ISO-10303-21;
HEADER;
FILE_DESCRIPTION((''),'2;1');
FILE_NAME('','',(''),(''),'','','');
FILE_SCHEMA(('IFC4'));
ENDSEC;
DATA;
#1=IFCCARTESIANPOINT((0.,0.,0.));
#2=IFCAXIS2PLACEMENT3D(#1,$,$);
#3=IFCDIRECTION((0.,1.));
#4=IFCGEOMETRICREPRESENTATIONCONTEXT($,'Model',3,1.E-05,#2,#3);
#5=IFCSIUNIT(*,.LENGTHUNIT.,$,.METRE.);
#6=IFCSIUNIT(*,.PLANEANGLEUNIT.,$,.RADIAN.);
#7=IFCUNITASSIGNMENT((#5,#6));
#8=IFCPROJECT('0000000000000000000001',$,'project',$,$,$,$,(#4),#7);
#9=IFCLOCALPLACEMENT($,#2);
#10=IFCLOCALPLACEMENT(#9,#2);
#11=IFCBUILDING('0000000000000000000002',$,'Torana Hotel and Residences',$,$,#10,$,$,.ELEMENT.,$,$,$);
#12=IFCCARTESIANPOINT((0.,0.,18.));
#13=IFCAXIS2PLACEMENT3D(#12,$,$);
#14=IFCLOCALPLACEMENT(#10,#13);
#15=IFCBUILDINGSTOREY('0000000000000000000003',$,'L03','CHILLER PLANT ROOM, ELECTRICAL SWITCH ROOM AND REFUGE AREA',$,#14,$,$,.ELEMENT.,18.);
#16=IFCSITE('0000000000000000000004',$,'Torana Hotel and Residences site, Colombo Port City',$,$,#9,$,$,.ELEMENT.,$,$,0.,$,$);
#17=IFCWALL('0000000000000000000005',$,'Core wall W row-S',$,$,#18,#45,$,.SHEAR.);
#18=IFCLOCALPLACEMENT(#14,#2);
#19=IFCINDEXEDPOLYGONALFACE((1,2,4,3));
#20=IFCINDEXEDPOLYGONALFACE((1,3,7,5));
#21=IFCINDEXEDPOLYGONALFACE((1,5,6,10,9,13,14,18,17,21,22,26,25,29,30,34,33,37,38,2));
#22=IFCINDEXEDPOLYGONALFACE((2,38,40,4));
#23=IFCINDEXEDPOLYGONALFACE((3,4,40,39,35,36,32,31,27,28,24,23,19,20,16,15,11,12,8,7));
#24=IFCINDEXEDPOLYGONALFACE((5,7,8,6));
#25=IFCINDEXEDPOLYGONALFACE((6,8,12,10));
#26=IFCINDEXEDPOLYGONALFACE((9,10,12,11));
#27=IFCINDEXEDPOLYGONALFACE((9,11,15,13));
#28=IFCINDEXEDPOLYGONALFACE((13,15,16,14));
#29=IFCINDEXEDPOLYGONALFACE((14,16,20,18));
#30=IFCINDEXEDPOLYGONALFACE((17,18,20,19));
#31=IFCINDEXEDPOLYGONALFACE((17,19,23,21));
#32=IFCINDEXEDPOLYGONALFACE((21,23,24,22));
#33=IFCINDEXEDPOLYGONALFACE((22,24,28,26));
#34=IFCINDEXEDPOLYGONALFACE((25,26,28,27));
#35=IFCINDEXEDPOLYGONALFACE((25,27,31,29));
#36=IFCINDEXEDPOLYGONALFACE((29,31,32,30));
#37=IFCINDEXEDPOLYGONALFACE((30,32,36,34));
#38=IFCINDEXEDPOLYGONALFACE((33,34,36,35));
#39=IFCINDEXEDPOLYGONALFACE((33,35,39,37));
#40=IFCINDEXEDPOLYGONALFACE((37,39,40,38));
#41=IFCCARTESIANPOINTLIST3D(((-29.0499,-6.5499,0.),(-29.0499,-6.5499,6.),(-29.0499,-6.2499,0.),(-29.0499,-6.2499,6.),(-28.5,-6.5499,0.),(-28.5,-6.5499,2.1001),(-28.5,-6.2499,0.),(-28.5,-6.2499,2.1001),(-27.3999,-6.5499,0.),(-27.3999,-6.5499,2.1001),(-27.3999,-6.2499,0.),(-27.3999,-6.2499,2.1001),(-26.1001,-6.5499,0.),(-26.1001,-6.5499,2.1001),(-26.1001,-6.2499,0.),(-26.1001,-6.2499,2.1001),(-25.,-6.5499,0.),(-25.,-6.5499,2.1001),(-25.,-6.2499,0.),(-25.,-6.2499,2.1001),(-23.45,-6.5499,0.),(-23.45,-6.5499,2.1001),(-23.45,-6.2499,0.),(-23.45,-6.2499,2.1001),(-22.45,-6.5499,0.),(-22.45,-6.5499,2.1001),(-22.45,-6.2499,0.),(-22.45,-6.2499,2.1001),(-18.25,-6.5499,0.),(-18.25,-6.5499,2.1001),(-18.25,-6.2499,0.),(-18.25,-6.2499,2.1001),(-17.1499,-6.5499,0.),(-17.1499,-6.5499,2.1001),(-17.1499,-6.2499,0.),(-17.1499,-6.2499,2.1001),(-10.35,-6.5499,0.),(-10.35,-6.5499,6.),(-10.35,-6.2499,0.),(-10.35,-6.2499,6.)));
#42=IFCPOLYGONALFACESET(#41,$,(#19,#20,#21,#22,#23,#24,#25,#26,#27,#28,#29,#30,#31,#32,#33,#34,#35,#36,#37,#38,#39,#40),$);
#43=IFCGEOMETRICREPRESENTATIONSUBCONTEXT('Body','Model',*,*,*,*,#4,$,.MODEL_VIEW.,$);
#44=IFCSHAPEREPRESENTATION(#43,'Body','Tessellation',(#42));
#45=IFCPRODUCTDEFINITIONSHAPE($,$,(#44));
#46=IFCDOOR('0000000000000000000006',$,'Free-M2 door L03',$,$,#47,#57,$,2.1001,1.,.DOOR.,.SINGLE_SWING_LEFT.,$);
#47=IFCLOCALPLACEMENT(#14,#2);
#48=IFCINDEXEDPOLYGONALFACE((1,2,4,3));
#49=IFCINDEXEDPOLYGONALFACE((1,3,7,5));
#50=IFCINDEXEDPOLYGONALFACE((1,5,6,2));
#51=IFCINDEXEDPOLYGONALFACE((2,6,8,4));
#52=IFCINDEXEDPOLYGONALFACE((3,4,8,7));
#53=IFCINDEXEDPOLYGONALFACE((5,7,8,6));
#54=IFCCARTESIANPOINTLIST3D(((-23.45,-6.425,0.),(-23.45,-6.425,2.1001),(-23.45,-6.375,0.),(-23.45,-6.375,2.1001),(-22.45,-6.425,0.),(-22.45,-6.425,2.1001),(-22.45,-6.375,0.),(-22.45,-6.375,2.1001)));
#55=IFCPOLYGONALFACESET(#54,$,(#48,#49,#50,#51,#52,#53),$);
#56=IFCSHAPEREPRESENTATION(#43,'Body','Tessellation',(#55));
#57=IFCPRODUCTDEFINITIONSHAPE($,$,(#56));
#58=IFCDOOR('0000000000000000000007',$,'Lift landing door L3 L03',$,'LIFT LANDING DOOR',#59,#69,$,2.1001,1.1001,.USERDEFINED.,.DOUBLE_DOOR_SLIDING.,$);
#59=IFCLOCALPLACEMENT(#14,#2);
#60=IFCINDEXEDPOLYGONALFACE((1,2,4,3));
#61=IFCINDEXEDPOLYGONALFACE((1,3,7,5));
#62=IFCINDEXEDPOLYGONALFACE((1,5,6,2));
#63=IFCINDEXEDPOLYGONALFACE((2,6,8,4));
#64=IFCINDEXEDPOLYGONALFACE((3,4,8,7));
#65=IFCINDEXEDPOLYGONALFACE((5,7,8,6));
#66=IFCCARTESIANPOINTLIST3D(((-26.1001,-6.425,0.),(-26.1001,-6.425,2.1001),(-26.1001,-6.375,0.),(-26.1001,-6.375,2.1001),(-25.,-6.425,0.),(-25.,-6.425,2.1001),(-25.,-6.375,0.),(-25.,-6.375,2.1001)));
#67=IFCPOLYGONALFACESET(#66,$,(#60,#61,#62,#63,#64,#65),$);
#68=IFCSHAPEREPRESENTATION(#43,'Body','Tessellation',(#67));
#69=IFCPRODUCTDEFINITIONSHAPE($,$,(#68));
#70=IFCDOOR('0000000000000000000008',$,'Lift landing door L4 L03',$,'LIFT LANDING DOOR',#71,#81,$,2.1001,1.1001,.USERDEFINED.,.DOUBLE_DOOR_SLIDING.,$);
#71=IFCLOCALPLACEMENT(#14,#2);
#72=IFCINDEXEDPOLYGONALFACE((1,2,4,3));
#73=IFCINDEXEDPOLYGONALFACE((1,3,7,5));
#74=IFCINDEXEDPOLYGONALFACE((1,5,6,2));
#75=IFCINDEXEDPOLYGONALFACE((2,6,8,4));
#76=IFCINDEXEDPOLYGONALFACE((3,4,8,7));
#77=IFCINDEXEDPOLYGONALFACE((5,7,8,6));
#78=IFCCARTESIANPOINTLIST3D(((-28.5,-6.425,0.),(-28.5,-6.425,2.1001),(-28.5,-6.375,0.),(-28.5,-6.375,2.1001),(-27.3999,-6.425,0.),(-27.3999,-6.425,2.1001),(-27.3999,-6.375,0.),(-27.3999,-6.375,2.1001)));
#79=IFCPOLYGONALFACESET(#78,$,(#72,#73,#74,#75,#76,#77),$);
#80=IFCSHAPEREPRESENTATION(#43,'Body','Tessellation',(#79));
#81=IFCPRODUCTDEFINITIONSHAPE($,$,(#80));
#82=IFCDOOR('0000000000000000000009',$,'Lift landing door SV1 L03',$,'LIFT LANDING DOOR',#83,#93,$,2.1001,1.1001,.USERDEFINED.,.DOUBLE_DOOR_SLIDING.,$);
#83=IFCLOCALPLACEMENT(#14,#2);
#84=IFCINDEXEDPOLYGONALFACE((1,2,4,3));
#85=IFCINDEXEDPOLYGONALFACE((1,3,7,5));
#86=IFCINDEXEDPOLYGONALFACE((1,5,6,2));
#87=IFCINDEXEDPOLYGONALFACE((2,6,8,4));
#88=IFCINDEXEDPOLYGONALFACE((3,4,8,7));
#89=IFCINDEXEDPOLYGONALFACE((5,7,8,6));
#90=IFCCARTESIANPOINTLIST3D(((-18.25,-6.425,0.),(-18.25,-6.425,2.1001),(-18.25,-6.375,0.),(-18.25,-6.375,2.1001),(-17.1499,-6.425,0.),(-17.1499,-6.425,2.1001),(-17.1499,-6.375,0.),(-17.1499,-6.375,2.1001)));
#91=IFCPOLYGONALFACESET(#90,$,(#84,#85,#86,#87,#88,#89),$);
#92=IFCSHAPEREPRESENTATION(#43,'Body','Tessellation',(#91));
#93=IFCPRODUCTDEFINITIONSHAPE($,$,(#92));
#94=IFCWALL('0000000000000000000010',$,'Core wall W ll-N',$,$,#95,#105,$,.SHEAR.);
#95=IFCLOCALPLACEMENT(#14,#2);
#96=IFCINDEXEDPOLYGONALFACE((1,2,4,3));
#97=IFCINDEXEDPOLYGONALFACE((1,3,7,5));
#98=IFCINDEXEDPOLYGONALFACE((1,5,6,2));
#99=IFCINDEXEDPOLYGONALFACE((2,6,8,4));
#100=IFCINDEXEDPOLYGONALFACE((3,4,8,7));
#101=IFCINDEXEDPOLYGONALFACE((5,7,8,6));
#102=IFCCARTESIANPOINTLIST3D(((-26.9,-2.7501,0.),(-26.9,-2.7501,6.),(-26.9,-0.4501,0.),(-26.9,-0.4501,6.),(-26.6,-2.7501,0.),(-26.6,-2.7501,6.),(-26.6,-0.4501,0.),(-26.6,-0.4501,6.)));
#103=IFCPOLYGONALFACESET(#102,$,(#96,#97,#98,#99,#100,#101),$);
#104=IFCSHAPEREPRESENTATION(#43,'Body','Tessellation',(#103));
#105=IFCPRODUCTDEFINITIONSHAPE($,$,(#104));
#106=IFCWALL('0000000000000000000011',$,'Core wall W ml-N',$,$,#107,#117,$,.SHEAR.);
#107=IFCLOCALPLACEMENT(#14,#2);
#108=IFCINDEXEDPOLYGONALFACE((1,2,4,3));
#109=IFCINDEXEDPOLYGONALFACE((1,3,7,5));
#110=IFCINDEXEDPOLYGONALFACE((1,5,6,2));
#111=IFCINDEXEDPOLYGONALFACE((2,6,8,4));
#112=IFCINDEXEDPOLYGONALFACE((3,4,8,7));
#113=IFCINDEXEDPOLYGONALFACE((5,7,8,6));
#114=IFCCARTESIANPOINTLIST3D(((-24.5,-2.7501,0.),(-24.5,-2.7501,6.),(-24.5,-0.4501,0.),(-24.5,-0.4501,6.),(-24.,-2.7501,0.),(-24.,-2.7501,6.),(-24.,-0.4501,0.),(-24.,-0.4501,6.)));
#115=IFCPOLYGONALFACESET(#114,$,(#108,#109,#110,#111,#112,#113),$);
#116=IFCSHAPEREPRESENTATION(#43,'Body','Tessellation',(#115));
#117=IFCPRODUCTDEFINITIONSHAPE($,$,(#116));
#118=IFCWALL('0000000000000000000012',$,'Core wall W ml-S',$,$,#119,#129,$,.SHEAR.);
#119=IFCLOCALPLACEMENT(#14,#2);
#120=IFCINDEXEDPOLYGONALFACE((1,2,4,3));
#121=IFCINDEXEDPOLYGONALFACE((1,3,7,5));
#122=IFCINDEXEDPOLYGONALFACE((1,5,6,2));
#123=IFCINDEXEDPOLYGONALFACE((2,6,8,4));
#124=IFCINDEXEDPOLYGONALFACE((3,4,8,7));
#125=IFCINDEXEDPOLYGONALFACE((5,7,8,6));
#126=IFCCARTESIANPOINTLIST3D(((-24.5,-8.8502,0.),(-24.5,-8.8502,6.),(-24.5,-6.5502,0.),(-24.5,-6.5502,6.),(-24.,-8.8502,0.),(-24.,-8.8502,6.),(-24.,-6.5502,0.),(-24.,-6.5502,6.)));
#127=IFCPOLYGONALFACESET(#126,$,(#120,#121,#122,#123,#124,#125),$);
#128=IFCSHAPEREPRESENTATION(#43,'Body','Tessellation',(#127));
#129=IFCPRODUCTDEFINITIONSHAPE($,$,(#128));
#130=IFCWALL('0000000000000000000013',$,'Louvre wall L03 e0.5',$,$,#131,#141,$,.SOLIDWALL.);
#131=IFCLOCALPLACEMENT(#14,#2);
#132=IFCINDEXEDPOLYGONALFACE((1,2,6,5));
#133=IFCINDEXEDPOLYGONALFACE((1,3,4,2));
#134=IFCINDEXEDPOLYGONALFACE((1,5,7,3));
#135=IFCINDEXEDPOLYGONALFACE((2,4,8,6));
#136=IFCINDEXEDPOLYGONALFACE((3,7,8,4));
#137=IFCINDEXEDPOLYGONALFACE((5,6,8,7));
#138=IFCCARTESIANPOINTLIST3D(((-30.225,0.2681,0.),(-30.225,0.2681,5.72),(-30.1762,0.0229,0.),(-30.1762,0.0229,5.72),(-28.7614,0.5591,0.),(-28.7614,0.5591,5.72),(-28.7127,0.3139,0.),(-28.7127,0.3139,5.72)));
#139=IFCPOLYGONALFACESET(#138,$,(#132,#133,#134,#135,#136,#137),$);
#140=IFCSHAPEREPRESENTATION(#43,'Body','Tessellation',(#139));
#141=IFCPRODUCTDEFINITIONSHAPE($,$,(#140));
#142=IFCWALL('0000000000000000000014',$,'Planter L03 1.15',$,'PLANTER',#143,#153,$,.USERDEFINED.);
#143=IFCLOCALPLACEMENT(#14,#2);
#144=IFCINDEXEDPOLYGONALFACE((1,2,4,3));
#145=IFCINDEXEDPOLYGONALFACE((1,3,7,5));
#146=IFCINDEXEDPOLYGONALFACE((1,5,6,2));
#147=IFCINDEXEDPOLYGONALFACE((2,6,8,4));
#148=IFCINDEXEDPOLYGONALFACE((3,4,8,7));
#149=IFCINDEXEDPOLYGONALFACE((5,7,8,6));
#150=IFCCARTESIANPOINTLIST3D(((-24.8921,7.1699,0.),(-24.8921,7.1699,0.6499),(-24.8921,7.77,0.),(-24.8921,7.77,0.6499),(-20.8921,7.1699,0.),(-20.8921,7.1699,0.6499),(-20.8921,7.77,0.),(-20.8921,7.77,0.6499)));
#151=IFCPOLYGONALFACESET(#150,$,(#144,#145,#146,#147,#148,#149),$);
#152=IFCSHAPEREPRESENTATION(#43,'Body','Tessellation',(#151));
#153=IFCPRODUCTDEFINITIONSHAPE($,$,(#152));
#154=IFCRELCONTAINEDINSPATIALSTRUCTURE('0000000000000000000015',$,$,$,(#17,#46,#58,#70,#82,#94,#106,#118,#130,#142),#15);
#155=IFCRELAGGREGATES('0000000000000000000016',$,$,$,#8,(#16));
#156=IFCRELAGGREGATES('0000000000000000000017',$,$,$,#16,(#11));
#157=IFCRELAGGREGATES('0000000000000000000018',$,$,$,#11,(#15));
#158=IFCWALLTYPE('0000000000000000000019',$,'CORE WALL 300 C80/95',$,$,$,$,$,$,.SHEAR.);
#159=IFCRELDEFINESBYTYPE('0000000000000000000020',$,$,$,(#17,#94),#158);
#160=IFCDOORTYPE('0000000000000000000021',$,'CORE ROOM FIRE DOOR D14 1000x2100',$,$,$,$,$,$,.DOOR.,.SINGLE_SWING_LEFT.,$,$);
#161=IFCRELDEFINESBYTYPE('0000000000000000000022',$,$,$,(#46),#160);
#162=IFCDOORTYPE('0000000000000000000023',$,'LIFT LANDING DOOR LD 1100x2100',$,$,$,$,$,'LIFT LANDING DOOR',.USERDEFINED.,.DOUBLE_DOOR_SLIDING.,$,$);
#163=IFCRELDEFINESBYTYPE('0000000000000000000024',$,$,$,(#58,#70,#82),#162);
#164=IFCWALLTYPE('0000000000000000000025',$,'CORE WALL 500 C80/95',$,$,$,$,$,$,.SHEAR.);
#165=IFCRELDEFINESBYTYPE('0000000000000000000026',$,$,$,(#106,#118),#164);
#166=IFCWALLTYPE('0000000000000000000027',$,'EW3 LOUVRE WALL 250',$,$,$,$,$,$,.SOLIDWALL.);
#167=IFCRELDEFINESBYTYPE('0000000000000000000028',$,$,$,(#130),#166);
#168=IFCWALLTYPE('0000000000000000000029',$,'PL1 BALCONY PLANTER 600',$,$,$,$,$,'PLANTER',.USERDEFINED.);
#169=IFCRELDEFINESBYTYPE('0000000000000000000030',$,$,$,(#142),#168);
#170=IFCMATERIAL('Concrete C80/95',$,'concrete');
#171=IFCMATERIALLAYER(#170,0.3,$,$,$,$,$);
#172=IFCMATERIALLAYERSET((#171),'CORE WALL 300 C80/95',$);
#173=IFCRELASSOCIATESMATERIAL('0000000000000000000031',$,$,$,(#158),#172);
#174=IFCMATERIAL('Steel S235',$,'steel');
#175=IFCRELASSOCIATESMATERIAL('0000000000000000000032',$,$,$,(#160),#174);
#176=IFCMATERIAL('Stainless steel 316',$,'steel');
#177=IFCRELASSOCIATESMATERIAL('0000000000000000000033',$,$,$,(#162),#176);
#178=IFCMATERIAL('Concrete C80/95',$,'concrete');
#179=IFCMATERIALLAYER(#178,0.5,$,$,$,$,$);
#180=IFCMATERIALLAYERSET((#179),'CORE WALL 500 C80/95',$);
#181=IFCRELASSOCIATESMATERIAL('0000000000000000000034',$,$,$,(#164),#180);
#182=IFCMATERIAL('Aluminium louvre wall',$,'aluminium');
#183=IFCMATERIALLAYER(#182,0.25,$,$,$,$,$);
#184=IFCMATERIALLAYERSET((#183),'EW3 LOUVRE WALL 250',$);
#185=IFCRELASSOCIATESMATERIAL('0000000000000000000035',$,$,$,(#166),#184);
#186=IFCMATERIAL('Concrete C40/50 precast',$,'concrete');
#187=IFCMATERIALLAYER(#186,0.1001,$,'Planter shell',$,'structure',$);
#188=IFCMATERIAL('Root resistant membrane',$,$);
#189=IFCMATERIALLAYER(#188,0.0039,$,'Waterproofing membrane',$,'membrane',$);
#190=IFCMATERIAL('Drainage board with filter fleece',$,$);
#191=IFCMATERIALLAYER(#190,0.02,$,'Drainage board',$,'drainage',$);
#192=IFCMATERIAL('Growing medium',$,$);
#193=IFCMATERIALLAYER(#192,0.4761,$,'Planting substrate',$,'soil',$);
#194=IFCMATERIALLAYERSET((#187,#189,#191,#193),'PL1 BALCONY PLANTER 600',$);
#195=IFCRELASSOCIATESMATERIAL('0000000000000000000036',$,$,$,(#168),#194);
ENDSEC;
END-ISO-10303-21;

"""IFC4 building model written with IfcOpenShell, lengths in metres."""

from ifc_helpers import new_model, si_unit, direction, frame, frame_2d, origin, place, context, subcontext, project, spatial, rectangle, extrude, material, layer, layer_set, type_object, element, fill, save


model = new_model("IFC4")

# Units and contexts
model_context = context("Model", 3, precision=1e-05, world=origin(), true_north=direction((0.0, 1.0)))
body_context = subcontext(model_context, "Body", "Model", "MODEL_VIEW")
ifc_project = project(units=[si_unit("LENGTHUNIT", "METRE"), si_unit("PLANEANGLEUNIT", "RADIAN")], contexts=[model_context])

# Site, building, storey
site_placement = place(None, origin())
site = spatial("IfcSite", under=ifc_project, at=site_placement, Name="Torana Hotel and Residences site, Colombo Port City", CompositionType="ELEMENT", RefElevation=0.0)
building_placement = place(site_placement, origin())
building = spatial("IfcBuilding", under=site, at=building_placement, Name="Torana Hotel and Residences", CompositionType="ELEMENT")
storey_placement = place(building_placement, frame((0.0, 0.0, 18.0)))
storey = spatial("IfcBuildingStorey", under=building, at=storey_placement, Name="L03", Description="CHILLER PLANT ROOM, ELECTRICAL SWITCH ROOM AND REFUGE AREA", CompositionType="ELEMENT", Elevation=18.0)

# Wall, openings, doors
ifc_material_1 = material(Name="Concrete C80/95", Category="concrete")
ifc_layer_1 = layer(ifc_material_1, 0.3)
ifc_layer_set_1 = layer_set([ifc_layer_1], Name="CORE WALL 300 C80/95")
wall_type_1 = type_object("IfcWallType", Name="CORE WALL 300 C80/95", PredefinedType="SHEAR", material=ifc_layer_set_1)
ifc_material_2 = material(Name="Steel S235", Category="steel")
door_type_1 = type_object("IfcDoorType", Name="CORE ROOM FIRE DOOR D14 1000x2100", OperationType="SINGLE_SWING_LEFT", PredefinedType="DOOR", material=ifc_material_2)
ifc_material_3 = material(Name="Stainless steel 316", Category="steel")
door_type_2 = type_object("IfcDoorType", Name="LIFT LANDING DOOR LD 1100x2100", ElementType="LIFT LANDING DOOR", OperationType="DOUBLE_DOOR_SLIDING", PredefinedType="USERDEFINED", material=ifc_material_3)
wall_1_placement = place(storey_placement, frame((-29.05, -6.3999, 0.0), z_axis=(0.0, 0.0, 1.0), x_axis=(1.0, 0.0, 0.0)))
wall_1 = element("IfcWall", 1, at=wall_1_placement, inside=storey, type_object=wall_type_1, Name="Core wall W row-S", PredefinedType="SHEAR", context=body_context, shape_type="SweptSolid", body=[
    extrude(rectangle(XDim=18.7, YDim=0.3, at=frame_2d((9.3501, 0.0))), origin(), (0.0, 0.0, 1.0), 6.0),
])
opening_1_placement = place(wall_1_placement, frame((2.95, 0.0, 0.0)))
opening_1 = element("IfcOpeningElement", 2, at=opening_1_placement, cuts=wall_1, PredefinedType="OPENING", context=body_context, shape_type="SweptSolid", body=[
    extrude(rectangle(XDim=1.1001, YDim=2.1001, at=frame_2d((0.55, 1.05))), frame((0.0, 0.1599, 0.0), z_axis=(0.0, -1.0, 0.0), x_axis=(1.0, 0.0, 0.0)), (0.0, 0.0, 1.0), 0.3201),
])
opening_2_placement = place(wall_1_placement, frame((0.55, 0.0, 0.0)))
opening_2 = element("IfcOpeningElement", 3, at=opening_2_placement, cuts=wall_1, PredefinedType="OPENING", context=body_context, shape_type="SweptSolid", body=[
    extrude(rectangle(XDim=1.1001, YDim=2.1001, at=frame_2d((0.55, 1.05))), frame((0.0, 0.1599, 0.0), z_axis=(0.0, -1.0, 0.0), x_axis=(1.0, 0.0, 0.0)), (0.0, 0.0, 1.0), 0.3201),
])
opening_3_placement = place(wall_1_placement, frame((10.8, 0.0, 0.0)))
opening_3 = element("IfcOpeningElement", 4, at=opening_3_placement, cuts=wall_1, PredefinedType="OPENING", context=body_context, shape_type="SweptSolid", body=[
    extrude(rectangle(XDim=1.1001, YDim=2.1001, at=frame_2d((0.55, 1.05))), frame((0.0, 0.1599, 0.0), z_axis=(0.0, -1.0, 0.0), x_axis=(1.0, 0.0, 0.0)), (0.0, 0.0, 1.0), 0.3201),
])
opening_4_placement = place(wall_1_placement, frame((5.6001, 0.0, 0.0)))
opening_4 = element("IfcOpeningElement", 5, at=opening_4_placement, cuts=wall_1, PredefinedType="OPENING", context=body_context, shape_type="SweptSolid", body=[
    extrude(rectangle(XDim=1.0, YDim=2.1001, at=frame_2d((0.5, 1.05))), frame((0.0, 0.1599, 0.0), z_axis=(0.0, -1.0, 0.0), x_axis=(1.0, 0.0, 0.0)), (0.0, 0.0, 1.0), 0.3201),
])
door_1_placement = place(opening_4_placement, frame((0.5, 0.0, 0.0), z_axis=(0.0, 0.0, 1.0), x_axis=(-1.0, 0.0, 0.0)))
door_1 = element("IfcDoor", 6, at=door_1_placement, inside=storey, type_object=door_type_1, Name="Free-M2 door L03", OperationType="SINGLE_SWING_LEFT", OverallHeight=2.1001, OverallWidth=1.0, PredefinedType="DOOR", context=body_context, shape_type="SweptSolid", body=[
    extrude(rectangle(XDim=1.0, YDim=2.1001, at=frame_2d((0.0, 1.05))), frame((0.0, -0.0249, 0.0), z_axis=(0.0, 1.0, 0.0), x_axis=(-1.0, 0.0, 0.0)), (0.0, 0.0, 1.0), 0.05),
])
fill(opening_4, door_1)
door_2_placement = place(opening_1_placement, origin())
door_2 = element("IfcDoor", 7, at=door_2_placement, inside=storey, type_object=door_type_2, Name="Lift landing door L3 L03", ObjectType="LIFT LANDING DOOR", OperationType="DOUBLE_DOOR_SLIDING", OverallHeight=2.1001, OverallWidth=1.1001, PredefinedType="USERDEFINED", context=body_context, shape_type="SweptSolid", body=[
    extrude(rectangle(XDim=1.1001, YDim=2.1001, at=frame_2d((0.55, 1.05))), frame((0.0, 0.0249, 0.0), z_axis=(0.0, -1.0, 0.0), x_axis=(1.0, 0.0, 0.0)), (0.0, 0.0, 1.0), 0.05),
])
fill(opening_1, door_2)
door_3_placement = place(opening_2_placement, origin())
door_3 = element("IfcDoor", 8, at=door_3_placement, inside=storey, type_object=door_type_2, Name="Lift landing door L4 L03", ObjectType="LIFT LANDING DOOR", OperationType="DOUBLE_DOOR_SLIDING", OverallHeight=2.1001, OverallWidth=1.1001, PredefinedType="USERDEFINED", context=body_context, shape_type="SweptSolid", body=[
    extrude(rectangle(XDim=1.1001, YDim=2.1001, at=frame_2d((0.55, 1.05))), frame((0.0, 0.0249, 0.0), z_axis=(0.0, -1.0, 0.0), x_axis=(1.0, 0.0, 0.0)), (0.0, 0.0, 1.0), 0.05),
])
fill(opening_2, door_3)
door_4_placement = place(opening_3_placement, origin())
door_4 = element("IfcDoor", 9, at=door_4_placement, inside=storey, type_object=door_type_2, Name="Lift landing door SV1 L03", ObjectType="LIFT LANDING DOOR", OperationType="DOUBLE_DOOR_SLIDING", OverallHeight=2.1001, OverallWidth=1.1001, PredefinedType="USERDEFINED", context=body_context, shape_type="SweptSolid", body=[
    extrude(rectangle(XDim=1.1001, YDim=2.1001, at=frame_2d((0.55, 1.05))), frame((0.0, 0.0249, 0.0), z_axis=(0.0, -1.0, 0.0), x_axis=(1.0, 0.0, 0.0)), (0.0, 0.0, 1.0), 0.05),
])
fill(opening_3, door_4)

# Walls
wall_2_placement = place(storey_placement, frame((-26.75, -2.75, 0.0), z_axis=(0.0, 0.0, 1.0), x_axis=(0.0, 1.0, 0.0)))
element("IfcWall", 10, at=wall_2_placement, inside=storey, type_object=wall_type_1, Name="Core wall W ll-N", PredefinedType="SHEAR", context=body_context, shape_type="SweptSolid", body=[
    extrude(rectangle(XDim=2.3, YDim=0.3, at=frame_2d((1.1499, 0.0))), origin(), (0.0, 0.0, 1.0), 6.0),
])
ifc_material_4 = material(Name="Concrete C80/95", Category="concrete")
ifc_layer_2 = layer(ifc_material_4, 0.5)
ifc_layer_set_2 = layer_set([ifc_layer_2], Name="CORE WALL 500 C80/95")
wall_type_2 = type_object("IfcWallType", Name="CORE WALL 500 C80/95", PredefinedType="SHEAR", material=ifc_layer_set_2)
for number, where, z_axis, x_axis, name in (
    (11, (-24.25, -2.75, 0.0), (0.0, 0.0, 1.0), (0.0, 1.0, 0.0), "Core wall W ml-N"),
    (12, (-24.25, -8.8501, 0.0), (0.0, 0.0, 1.0), (0.0, 1.0, 0.0), "Core wall W ml-S"),
):
    element("IfcWall", number, at=place(storey_placement, frame(where, z_axis=z_axis, x_axis=x_axis)), inside=storey, type_object=wall_type_2, Name=name, PredefinedType="SHEAR", context=body_context, shape_type="SweptSolid", body=[
        extrude(rectangle(XDim=2.3, YDim=0.5, at=frame_2d((1.1499, 0.0))), origin(), (0.0, 0.0, 1.0), 6.0),
    ])
ifc_material_5 = material(Name="Aluminium louvre wall", Category="aluminium")
ifc_layer_3 = layer(ifc_material_5, 0.25)
ifc_layer_set_3 = layer_set([ifc_layer_3], Name="EW3 LOUVRE WALL 250")
wall_type_3 = type_object("IfcWallType", Name="EW3 LOUVRE WALL 250", PredefinedType="SOLIDWALL", material=ifc_layer_set_3)
wall_3_placement = place(storey_placement, frame((-28.7371, 0.4365, 0.0), z_axis=(0.0, 0.0, 1.0), x_axis=(-0.9808, -0.195015, 0.0)))
element("IfcWall", 13, at=wall_3_placement, inside=storey, type_object=wall_type_3, Name="Louvre wall L03 e0.5", PredefinedType="SOLIDWALL", context=body_context, shape_type="SweptSolid", body=[
    extrude(rectangle(XDim=1.4922, YDim=0.25, at=frame_2d((0.7461, 0.0))), origin(), (0.0, 0.0, 1.0), 5.72),
])
ifc_material_6 = material(Name="Concrete C40/50 precast", Category="concrete")
ifc_layer_4 = layer(ifc_material_6, 0.1001, Name="Planter shell", Category="structure")
ifc_material_7 = material(Name="Root resistant membrane")
ifc_layer_5 = layer(ifc_material_7, 0.0039, Name="Waterproofing membrane", Category="membrane")
ifc_material_8 = material(Name="Drainage board with filter fleece")
ifc_layer_6 = layer(ifc_material_8, 0.02, Name="Drainage board", Category="drainage")
ifc_material_9 = material(Name="Growing medium")
ifc_layer_7 = layer(ifc_material_9, 0.4761, Name="Planting substrate", Category="soil")
ifc_layer_set_4 = layer_set([ifc_layer_4, ifc_layer_5, ifc_layer_6, ifc_layer_7], Name="PL1 BALCONY PLANTER 600")
wall_type_4 = type_object("IfcWallType", Name="PL1 BALCONY PLANTER 600", ElementType="PLANTER", PredefinedType="USERDEFINED", material=ifc_layer_set_4)
wall_4_placement = place(storey_placement, frame((-24.8921, 7.47, 0.0), z_axis=(0.0, 0.0, 1.0), x_axis=(1.0, 0.0, 0.0)))
element("IfcWall", 14, at=wall_4_placement, inside=storey, type_object=wall_type_4, Name="Planter L03 1.15", ObjectType="PLANTER", PredefinedType="USERDEFINED", context=body_context, shape_type="SweptSolid", body=[
    extrude(rectangle(XDim=4.0, YDim=0.6001, at=frame_2d((2.0, 0.0))), origin(), (0.0, 0.0, 1.0), 0.6499),
])

save(model, "model.ifc")
